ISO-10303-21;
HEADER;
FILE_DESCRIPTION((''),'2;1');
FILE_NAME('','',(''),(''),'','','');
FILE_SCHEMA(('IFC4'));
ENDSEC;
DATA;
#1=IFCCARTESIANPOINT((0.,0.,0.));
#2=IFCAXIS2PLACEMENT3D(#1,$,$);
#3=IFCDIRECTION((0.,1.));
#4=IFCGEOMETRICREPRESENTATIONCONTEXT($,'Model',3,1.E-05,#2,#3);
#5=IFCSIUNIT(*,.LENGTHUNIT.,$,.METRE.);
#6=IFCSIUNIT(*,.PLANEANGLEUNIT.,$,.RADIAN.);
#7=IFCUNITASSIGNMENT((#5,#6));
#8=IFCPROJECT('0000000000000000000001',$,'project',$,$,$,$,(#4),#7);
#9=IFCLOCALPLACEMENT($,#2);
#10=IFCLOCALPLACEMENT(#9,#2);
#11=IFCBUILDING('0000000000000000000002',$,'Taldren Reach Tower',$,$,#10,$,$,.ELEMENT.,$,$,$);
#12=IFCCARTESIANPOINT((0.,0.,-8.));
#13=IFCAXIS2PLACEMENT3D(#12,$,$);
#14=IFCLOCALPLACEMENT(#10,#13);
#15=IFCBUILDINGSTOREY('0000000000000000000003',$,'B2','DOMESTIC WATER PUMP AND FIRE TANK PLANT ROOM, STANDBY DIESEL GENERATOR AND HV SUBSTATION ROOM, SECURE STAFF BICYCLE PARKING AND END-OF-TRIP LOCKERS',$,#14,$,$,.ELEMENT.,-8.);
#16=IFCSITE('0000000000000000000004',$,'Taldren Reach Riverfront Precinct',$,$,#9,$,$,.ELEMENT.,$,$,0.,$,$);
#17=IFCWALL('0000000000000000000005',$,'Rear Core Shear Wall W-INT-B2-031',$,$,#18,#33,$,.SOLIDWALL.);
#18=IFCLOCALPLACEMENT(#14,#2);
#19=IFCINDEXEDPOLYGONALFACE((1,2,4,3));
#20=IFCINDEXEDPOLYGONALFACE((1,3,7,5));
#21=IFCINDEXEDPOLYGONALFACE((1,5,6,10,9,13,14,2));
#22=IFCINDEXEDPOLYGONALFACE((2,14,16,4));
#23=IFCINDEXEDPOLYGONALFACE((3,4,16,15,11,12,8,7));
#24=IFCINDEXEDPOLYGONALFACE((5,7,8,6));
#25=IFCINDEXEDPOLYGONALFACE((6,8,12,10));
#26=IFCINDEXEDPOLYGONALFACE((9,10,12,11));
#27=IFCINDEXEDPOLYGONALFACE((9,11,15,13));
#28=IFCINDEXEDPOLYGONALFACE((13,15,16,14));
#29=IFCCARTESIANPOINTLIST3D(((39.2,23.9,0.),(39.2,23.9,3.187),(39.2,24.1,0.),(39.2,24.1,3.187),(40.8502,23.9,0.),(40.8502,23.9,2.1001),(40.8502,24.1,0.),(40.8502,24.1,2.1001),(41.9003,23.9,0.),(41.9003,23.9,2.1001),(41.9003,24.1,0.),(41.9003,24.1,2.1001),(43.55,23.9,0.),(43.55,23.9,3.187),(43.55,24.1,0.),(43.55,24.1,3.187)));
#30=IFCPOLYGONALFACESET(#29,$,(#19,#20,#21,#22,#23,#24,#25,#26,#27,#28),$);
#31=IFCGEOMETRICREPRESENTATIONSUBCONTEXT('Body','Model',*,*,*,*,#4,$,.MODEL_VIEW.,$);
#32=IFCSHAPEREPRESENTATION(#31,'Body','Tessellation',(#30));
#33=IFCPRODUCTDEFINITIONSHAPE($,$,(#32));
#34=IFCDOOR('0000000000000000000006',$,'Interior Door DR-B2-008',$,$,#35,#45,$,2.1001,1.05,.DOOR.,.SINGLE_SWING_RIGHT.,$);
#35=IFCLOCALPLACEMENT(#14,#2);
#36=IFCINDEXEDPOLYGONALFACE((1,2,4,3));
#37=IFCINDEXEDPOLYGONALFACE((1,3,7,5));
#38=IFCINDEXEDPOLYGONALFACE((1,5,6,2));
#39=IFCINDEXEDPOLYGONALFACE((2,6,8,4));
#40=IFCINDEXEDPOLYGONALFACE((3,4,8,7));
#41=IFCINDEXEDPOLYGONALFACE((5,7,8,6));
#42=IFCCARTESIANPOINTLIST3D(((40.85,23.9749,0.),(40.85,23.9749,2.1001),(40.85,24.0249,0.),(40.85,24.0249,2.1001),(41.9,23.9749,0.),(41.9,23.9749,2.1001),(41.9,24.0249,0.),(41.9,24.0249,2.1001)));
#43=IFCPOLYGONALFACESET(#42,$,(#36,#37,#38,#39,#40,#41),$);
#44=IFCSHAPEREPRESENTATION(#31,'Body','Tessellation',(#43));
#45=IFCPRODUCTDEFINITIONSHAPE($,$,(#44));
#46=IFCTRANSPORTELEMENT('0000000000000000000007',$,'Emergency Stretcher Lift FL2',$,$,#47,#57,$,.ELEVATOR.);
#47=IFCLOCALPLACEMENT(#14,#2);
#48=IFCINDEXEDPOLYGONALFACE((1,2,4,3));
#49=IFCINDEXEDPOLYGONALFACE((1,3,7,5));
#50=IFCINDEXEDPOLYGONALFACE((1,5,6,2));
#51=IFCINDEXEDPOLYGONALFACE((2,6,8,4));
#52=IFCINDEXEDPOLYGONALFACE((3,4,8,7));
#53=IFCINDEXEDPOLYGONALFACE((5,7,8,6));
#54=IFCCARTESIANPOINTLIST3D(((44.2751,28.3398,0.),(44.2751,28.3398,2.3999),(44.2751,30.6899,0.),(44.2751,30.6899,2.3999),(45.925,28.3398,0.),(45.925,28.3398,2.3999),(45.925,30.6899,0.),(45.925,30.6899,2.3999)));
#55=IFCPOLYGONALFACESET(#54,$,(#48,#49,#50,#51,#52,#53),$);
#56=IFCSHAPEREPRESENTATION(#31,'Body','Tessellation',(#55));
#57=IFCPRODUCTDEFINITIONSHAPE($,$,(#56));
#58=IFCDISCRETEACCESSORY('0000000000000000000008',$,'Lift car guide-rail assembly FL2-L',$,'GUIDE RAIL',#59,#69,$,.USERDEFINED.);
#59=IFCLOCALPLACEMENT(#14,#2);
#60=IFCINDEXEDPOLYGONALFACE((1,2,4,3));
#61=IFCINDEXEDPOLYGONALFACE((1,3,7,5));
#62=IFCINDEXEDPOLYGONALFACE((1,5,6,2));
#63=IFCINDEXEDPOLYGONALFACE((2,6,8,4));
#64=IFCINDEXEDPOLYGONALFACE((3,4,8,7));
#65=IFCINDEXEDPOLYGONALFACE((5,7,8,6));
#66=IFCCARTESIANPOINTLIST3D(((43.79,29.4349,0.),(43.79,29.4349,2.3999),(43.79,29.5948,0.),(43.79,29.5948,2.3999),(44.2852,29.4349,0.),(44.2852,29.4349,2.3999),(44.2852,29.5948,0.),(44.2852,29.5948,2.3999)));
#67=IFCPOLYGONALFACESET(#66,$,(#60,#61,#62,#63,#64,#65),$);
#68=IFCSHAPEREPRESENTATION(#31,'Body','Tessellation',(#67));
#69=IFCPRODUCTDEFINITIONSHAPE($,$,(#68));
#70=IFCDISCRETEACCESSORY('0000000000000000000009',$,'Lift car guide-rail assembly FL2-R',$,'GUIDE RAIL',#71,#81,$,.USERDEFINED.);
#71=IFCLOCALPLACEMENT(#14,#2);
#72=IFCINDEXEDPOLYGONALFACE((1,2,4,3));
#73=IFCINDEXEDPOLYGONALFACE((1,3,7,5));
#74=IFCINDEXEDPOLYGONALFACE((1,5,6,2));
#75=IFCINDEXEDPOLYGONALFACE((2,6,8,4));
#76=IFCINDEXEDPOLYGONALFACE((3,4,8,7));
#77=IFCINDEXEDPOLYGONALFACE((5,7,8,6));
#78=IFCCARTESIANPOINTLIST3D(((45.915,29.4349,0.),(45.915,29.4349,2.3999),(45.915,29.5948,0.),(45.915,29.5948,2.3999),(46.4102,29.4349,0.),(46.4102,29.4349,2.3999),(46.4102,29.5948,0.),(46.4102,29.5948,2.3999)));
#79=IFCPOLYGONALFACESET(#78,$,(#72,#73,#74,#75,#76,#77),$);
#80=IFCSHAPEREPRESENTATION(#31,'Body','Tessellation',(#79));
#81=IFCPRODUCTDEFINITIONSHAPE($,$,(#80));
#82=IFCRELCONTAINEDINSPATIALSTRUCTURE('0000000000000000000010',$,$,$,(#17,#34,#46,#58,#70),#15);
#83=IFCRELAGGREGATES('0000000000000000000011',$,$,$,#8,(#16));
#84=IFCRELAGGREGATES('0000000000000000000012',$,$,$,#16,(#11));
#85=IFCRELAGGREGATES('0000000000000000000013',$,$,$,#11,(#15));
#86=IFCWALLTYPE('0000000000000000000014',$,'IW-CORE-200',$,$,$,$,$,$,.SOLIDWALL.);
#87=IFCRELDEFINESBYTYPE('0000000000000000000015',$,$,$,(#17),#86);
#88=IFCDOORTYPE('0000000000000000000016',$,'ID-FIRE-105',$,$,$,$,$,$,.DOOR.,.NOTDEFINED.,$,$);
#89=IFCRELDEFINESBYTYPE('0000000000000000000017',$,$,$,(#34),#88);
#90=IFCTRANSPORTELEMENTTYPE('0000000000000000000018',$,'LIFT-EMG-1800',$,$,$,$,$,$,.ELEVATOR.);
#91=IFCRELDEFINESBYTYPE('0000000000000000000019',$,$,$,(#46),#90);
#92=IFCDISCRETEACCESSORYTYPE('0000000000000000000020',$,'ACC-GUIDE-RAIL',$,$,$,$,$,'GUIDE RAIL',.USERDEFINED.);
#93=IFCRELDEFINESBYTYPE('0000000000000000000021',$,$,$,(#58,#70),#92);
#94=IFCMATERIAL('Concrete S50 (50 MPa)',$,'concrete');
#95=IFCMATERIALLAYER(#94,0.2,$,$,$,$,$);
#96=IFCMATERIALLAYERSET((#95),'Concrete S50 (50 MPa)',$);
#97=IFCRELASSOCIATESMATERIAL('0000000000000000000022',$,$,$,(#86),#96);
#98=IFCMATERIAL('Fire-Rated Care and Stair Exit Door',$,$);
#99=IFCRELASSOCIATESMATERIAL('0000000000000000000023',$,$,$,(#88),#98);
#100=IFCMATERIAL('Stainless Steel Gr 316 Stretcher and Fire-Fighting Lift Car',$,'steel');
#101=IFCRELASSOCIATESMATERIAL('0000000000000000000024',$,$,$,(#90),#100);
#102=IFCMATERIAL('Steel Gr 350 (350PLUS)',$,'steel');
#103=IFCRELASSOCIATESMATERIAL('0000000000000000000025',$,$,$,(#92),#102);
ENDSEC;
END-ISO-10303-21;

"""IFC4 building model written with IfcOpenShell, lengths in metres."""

from ifc_helpers import new_model, si_unit, direction, frame, frame_2d, origin, origin_2d, place, context, subcontext, project, spatial, rectangle, extrude, source, transform, mapped, material, layer, layer_set, type_object, element, fill, save


model = new_model("IFC4")

# Units and contexts
model_context = context("Model", 3, precision=1e-05, world=origin(), true_north=direction((0.0, 1.0)))
body_context = subcontext(model_context, "Body", "Model", "MODEL_VIEW")
ifc_project = project(units=[si_unit("LENGTHUNIT", "METRE"), si_unit("PLANEANGLEUNIT", "RADIAN")], contexts=[model_context])

# Site, building, storey
site_placement = place(None, origin())
site = spatial("IfcSite", under=ifc_project, at=site_placement, Name="Taldren Reach Riverfront Precinct", CompositionType="ELEMENT", RefElevation=0.0)
building_placement = place(site_placement, origin())
building = spatial("IfcBuilding", under=site, at=building_placement, Name="Taldren Reach Tower", CompositionType="ELEMENT")
storey_placement = place(building_placement, frame((0.0, 0.0, -8.0)))
storey = spatial("IfcBuildingStorey", under=building, at=storey_placement, Name="B2", Description="DOMESTIC WATER PUMP AND FIRE TANK PLANT ROOM, STANDBY DIESEL GENERATOR AND HV SUBSTATION ROOM, SECURE STAFF BICYCLE PARKING AND END-OF-TRIP LOCKERS", CompositionType="ELEMENT", Elevation=-8.0)

# Shared definitions
ifc_material_1 = material(Name="Steel Gr 350 (350PLUS)", Category="steel")

# Shared definitions
ifc_material_2 = material(Name="Concrete S50 (50 MPa)", Category="concrete")
ifc_layer_1 = layer(ifc_material_2, 0.2)
ifc_layer_set_1 = layer_set([ifc_layer_1], Name="Concrete S50 (50 MPa)")
wall_type_1 = type_object("IfcWallType", Name="IW-CORE-200", PredefinedType="SOLIDWALL", material=ifc_layer_set_1)

# Shared definitions
shared_shape_1 = source(origin(), body_context, "Body", "SweptSolid", [
    extrude(rectangle(XDim=1.05, YDim=2.1001, at=frame_2d((0.5249, 1.05))), frame((0.0, 0.1099, 0.0), z_axis=(0.0, -1.0, 0.0), x_axis=(1.0, 0.0, 0.0)), (0.0, 0.0, 1.0), 0.22),
])
ifc_material_3 = material(Name="Fire-Rated Care and Stair Exit Door")
door_type_1 = type_object("IfcDoorType", Name="ID-FIRE-105", OperationType="NOTDEFINED", PredefinedType="DOOR", material=ifc_material_3)
shared_shape_2 = source(origin(), body_context, "Body", "SweptSolid", [
    extrude(rectangle(XDim=1.05, YDim=2.1001, at=frame_2d((0.5249, 1.05))), frame((0.0, 0.0249, 0.0), z_axis=(0.0, -1.0, 0.0), x_axis=(1.0, 0.0, 0.0)), (0.0, 0.0, 1.0), 0.05),
])

# Wall, opening, door
shared_shape_3 = source(origin(), body_context, "Body", "SweptSolid", [
    extrude(rectangle(XDim=4.3501, YDim=0.2, at=frame_2d((2.175, 0.0))), origin(), (0.0, 0.0, 1.0), 3.187),
])
wall_1_placement = place(storey_placement, frame((43.55, 24.0, 0.0), z_axis=(0.0, 0.0, 1.0), x_axis=(-1.0, 0.0, 0.0)))
wall_1 = element("IfcWall", 1, at=wall_1_placement, inside=storey, type_object=wall_type_1, Name="Rear Core Shear Wall W-INT-B2-031", PredefinedType="SOLIDWALL", context=body_context, shape_type="MappedRepresentation", body=[
    mapped(shared_shape_3, transform((0.0, 0.0, 0.0), scale=1.0)),
])
opening_1_placement = place(wall_1_placement, frame((1.6499, 0.0, 0.0)))
opening_1 = element("IfcOpeningElement", 2, at=opening_1_placement, cuts=wall_1, PredefinedType="OPENING", context=body_context, shape_type="MappedRepresentation", body=[
    mapped(shared_shape_1, transform((0.0, 0.0, 0.0), scale=1.0)),
])
door_1_placement = place(opening_1_placement, frame((1.05, 0.0, 0.0), z_axis=(0.0, 0.0, 1.0), x_axis=(-1.0, 0.0, 0.0)))
door_1 = element("IfcDoor", 3, at=door_1_placement, inside=storey, type_object=door_type_1, Name="Interior Door DR-B2-008", OperationType="SINGLE_SWING_RIGHT", OverallHeight=2.1001, OverallWidth=1.05, PredefinedType="DOOR", context=body_context, shape_type="MappedRepresentation", body=[
    mapped(shared_shape_2, transform((0.0, 0.0, 0.0), scale=1.0)),
])
fill(opening_1, door_1)

# Transport element
ifc_material_4 = material(Name="Stainless Steel Gr 316 Stretcher and Fire-Fighting Lift Car", Category="steel")
transport_element_type = type_object("IfcTransportElementType", Name="LIFT-EMG-1800", PredefinedType="ELEVATOR", material=ifc_material_4)
shared_shape_4 = source(origin(), body_context, "Body", "SweptSolid", [
    extrude(rectangle(XDim=1.6499, YDim=2.3501, at=origin_2d()), origin(), (0.0, 0.0, 1.0), 2.3999),
])
transport_element_placement = place(storey_placement, frame((45.1001, 29.5149, 0.0), z_axis=(0.0, 0.0, 1.0), x_axis=(1.0, 0.0, 0.0)))
element("IfcTransportElement", 4, at=transport_element_placement, inside=storey, type_object=transport_element_type, Name="Emergency Stretcher Lift FL2", PredefinedType="ELEVATOR", context=body_context, shape_type="MappedRepresentation", body=[
    mapped(shared_shape_4, transform((0.0, 0.0, 0.0), scale=1.0)),
])

# Discrete accessories
discrete_accessory_type = type_object("IfcDiscreteAccessoryType", Name="ACC-GUIDE-RAIL", ElementType="GUIDE RAIL", PredefinedType="USERDEFINED", material=ifc_material_1)
shared_shape_5 = source(origin(), body_context, "Body", "SweptSolid", [
    extrude(rectangle(XDim=0.4951, YDim=0.1599, at=origin_2d()), origin(), (0.0, 0.0, 1.0), 2.3999),
])
for number, where, z_axis, x_axis, name in (
    (5, (44.0376, 29.5149, 0.0), (0.0, 0.0, 1.0), (1.0, 0.0, 0.0), "Lift car guide-rail assembly FL2-L"),
    (6, (46.1626, 29.5149, 0.0), (0.0, 0.0, 1.0), (1.0, 0.0, 0.0), "Lift car guide-rail assembly FL2-R"),
):
    element("IfcDiscreteAccessory", number, at=place(storey_placement, frame(where, z_axis=z_axis, x_axis=x_axis)), inside=storey, type_object=discrete_accessory_type, Name=name, ObjectType="GUIDE RAIL", PredefinedType="USERDEFINED", context=body_context, shape_type="MappedRepresentation", body=[
        mapped(shared_shape_5, transform((0.0, 0.0, 0.0), scale=1.0)),
    ])

save(model, "model.ifc")
